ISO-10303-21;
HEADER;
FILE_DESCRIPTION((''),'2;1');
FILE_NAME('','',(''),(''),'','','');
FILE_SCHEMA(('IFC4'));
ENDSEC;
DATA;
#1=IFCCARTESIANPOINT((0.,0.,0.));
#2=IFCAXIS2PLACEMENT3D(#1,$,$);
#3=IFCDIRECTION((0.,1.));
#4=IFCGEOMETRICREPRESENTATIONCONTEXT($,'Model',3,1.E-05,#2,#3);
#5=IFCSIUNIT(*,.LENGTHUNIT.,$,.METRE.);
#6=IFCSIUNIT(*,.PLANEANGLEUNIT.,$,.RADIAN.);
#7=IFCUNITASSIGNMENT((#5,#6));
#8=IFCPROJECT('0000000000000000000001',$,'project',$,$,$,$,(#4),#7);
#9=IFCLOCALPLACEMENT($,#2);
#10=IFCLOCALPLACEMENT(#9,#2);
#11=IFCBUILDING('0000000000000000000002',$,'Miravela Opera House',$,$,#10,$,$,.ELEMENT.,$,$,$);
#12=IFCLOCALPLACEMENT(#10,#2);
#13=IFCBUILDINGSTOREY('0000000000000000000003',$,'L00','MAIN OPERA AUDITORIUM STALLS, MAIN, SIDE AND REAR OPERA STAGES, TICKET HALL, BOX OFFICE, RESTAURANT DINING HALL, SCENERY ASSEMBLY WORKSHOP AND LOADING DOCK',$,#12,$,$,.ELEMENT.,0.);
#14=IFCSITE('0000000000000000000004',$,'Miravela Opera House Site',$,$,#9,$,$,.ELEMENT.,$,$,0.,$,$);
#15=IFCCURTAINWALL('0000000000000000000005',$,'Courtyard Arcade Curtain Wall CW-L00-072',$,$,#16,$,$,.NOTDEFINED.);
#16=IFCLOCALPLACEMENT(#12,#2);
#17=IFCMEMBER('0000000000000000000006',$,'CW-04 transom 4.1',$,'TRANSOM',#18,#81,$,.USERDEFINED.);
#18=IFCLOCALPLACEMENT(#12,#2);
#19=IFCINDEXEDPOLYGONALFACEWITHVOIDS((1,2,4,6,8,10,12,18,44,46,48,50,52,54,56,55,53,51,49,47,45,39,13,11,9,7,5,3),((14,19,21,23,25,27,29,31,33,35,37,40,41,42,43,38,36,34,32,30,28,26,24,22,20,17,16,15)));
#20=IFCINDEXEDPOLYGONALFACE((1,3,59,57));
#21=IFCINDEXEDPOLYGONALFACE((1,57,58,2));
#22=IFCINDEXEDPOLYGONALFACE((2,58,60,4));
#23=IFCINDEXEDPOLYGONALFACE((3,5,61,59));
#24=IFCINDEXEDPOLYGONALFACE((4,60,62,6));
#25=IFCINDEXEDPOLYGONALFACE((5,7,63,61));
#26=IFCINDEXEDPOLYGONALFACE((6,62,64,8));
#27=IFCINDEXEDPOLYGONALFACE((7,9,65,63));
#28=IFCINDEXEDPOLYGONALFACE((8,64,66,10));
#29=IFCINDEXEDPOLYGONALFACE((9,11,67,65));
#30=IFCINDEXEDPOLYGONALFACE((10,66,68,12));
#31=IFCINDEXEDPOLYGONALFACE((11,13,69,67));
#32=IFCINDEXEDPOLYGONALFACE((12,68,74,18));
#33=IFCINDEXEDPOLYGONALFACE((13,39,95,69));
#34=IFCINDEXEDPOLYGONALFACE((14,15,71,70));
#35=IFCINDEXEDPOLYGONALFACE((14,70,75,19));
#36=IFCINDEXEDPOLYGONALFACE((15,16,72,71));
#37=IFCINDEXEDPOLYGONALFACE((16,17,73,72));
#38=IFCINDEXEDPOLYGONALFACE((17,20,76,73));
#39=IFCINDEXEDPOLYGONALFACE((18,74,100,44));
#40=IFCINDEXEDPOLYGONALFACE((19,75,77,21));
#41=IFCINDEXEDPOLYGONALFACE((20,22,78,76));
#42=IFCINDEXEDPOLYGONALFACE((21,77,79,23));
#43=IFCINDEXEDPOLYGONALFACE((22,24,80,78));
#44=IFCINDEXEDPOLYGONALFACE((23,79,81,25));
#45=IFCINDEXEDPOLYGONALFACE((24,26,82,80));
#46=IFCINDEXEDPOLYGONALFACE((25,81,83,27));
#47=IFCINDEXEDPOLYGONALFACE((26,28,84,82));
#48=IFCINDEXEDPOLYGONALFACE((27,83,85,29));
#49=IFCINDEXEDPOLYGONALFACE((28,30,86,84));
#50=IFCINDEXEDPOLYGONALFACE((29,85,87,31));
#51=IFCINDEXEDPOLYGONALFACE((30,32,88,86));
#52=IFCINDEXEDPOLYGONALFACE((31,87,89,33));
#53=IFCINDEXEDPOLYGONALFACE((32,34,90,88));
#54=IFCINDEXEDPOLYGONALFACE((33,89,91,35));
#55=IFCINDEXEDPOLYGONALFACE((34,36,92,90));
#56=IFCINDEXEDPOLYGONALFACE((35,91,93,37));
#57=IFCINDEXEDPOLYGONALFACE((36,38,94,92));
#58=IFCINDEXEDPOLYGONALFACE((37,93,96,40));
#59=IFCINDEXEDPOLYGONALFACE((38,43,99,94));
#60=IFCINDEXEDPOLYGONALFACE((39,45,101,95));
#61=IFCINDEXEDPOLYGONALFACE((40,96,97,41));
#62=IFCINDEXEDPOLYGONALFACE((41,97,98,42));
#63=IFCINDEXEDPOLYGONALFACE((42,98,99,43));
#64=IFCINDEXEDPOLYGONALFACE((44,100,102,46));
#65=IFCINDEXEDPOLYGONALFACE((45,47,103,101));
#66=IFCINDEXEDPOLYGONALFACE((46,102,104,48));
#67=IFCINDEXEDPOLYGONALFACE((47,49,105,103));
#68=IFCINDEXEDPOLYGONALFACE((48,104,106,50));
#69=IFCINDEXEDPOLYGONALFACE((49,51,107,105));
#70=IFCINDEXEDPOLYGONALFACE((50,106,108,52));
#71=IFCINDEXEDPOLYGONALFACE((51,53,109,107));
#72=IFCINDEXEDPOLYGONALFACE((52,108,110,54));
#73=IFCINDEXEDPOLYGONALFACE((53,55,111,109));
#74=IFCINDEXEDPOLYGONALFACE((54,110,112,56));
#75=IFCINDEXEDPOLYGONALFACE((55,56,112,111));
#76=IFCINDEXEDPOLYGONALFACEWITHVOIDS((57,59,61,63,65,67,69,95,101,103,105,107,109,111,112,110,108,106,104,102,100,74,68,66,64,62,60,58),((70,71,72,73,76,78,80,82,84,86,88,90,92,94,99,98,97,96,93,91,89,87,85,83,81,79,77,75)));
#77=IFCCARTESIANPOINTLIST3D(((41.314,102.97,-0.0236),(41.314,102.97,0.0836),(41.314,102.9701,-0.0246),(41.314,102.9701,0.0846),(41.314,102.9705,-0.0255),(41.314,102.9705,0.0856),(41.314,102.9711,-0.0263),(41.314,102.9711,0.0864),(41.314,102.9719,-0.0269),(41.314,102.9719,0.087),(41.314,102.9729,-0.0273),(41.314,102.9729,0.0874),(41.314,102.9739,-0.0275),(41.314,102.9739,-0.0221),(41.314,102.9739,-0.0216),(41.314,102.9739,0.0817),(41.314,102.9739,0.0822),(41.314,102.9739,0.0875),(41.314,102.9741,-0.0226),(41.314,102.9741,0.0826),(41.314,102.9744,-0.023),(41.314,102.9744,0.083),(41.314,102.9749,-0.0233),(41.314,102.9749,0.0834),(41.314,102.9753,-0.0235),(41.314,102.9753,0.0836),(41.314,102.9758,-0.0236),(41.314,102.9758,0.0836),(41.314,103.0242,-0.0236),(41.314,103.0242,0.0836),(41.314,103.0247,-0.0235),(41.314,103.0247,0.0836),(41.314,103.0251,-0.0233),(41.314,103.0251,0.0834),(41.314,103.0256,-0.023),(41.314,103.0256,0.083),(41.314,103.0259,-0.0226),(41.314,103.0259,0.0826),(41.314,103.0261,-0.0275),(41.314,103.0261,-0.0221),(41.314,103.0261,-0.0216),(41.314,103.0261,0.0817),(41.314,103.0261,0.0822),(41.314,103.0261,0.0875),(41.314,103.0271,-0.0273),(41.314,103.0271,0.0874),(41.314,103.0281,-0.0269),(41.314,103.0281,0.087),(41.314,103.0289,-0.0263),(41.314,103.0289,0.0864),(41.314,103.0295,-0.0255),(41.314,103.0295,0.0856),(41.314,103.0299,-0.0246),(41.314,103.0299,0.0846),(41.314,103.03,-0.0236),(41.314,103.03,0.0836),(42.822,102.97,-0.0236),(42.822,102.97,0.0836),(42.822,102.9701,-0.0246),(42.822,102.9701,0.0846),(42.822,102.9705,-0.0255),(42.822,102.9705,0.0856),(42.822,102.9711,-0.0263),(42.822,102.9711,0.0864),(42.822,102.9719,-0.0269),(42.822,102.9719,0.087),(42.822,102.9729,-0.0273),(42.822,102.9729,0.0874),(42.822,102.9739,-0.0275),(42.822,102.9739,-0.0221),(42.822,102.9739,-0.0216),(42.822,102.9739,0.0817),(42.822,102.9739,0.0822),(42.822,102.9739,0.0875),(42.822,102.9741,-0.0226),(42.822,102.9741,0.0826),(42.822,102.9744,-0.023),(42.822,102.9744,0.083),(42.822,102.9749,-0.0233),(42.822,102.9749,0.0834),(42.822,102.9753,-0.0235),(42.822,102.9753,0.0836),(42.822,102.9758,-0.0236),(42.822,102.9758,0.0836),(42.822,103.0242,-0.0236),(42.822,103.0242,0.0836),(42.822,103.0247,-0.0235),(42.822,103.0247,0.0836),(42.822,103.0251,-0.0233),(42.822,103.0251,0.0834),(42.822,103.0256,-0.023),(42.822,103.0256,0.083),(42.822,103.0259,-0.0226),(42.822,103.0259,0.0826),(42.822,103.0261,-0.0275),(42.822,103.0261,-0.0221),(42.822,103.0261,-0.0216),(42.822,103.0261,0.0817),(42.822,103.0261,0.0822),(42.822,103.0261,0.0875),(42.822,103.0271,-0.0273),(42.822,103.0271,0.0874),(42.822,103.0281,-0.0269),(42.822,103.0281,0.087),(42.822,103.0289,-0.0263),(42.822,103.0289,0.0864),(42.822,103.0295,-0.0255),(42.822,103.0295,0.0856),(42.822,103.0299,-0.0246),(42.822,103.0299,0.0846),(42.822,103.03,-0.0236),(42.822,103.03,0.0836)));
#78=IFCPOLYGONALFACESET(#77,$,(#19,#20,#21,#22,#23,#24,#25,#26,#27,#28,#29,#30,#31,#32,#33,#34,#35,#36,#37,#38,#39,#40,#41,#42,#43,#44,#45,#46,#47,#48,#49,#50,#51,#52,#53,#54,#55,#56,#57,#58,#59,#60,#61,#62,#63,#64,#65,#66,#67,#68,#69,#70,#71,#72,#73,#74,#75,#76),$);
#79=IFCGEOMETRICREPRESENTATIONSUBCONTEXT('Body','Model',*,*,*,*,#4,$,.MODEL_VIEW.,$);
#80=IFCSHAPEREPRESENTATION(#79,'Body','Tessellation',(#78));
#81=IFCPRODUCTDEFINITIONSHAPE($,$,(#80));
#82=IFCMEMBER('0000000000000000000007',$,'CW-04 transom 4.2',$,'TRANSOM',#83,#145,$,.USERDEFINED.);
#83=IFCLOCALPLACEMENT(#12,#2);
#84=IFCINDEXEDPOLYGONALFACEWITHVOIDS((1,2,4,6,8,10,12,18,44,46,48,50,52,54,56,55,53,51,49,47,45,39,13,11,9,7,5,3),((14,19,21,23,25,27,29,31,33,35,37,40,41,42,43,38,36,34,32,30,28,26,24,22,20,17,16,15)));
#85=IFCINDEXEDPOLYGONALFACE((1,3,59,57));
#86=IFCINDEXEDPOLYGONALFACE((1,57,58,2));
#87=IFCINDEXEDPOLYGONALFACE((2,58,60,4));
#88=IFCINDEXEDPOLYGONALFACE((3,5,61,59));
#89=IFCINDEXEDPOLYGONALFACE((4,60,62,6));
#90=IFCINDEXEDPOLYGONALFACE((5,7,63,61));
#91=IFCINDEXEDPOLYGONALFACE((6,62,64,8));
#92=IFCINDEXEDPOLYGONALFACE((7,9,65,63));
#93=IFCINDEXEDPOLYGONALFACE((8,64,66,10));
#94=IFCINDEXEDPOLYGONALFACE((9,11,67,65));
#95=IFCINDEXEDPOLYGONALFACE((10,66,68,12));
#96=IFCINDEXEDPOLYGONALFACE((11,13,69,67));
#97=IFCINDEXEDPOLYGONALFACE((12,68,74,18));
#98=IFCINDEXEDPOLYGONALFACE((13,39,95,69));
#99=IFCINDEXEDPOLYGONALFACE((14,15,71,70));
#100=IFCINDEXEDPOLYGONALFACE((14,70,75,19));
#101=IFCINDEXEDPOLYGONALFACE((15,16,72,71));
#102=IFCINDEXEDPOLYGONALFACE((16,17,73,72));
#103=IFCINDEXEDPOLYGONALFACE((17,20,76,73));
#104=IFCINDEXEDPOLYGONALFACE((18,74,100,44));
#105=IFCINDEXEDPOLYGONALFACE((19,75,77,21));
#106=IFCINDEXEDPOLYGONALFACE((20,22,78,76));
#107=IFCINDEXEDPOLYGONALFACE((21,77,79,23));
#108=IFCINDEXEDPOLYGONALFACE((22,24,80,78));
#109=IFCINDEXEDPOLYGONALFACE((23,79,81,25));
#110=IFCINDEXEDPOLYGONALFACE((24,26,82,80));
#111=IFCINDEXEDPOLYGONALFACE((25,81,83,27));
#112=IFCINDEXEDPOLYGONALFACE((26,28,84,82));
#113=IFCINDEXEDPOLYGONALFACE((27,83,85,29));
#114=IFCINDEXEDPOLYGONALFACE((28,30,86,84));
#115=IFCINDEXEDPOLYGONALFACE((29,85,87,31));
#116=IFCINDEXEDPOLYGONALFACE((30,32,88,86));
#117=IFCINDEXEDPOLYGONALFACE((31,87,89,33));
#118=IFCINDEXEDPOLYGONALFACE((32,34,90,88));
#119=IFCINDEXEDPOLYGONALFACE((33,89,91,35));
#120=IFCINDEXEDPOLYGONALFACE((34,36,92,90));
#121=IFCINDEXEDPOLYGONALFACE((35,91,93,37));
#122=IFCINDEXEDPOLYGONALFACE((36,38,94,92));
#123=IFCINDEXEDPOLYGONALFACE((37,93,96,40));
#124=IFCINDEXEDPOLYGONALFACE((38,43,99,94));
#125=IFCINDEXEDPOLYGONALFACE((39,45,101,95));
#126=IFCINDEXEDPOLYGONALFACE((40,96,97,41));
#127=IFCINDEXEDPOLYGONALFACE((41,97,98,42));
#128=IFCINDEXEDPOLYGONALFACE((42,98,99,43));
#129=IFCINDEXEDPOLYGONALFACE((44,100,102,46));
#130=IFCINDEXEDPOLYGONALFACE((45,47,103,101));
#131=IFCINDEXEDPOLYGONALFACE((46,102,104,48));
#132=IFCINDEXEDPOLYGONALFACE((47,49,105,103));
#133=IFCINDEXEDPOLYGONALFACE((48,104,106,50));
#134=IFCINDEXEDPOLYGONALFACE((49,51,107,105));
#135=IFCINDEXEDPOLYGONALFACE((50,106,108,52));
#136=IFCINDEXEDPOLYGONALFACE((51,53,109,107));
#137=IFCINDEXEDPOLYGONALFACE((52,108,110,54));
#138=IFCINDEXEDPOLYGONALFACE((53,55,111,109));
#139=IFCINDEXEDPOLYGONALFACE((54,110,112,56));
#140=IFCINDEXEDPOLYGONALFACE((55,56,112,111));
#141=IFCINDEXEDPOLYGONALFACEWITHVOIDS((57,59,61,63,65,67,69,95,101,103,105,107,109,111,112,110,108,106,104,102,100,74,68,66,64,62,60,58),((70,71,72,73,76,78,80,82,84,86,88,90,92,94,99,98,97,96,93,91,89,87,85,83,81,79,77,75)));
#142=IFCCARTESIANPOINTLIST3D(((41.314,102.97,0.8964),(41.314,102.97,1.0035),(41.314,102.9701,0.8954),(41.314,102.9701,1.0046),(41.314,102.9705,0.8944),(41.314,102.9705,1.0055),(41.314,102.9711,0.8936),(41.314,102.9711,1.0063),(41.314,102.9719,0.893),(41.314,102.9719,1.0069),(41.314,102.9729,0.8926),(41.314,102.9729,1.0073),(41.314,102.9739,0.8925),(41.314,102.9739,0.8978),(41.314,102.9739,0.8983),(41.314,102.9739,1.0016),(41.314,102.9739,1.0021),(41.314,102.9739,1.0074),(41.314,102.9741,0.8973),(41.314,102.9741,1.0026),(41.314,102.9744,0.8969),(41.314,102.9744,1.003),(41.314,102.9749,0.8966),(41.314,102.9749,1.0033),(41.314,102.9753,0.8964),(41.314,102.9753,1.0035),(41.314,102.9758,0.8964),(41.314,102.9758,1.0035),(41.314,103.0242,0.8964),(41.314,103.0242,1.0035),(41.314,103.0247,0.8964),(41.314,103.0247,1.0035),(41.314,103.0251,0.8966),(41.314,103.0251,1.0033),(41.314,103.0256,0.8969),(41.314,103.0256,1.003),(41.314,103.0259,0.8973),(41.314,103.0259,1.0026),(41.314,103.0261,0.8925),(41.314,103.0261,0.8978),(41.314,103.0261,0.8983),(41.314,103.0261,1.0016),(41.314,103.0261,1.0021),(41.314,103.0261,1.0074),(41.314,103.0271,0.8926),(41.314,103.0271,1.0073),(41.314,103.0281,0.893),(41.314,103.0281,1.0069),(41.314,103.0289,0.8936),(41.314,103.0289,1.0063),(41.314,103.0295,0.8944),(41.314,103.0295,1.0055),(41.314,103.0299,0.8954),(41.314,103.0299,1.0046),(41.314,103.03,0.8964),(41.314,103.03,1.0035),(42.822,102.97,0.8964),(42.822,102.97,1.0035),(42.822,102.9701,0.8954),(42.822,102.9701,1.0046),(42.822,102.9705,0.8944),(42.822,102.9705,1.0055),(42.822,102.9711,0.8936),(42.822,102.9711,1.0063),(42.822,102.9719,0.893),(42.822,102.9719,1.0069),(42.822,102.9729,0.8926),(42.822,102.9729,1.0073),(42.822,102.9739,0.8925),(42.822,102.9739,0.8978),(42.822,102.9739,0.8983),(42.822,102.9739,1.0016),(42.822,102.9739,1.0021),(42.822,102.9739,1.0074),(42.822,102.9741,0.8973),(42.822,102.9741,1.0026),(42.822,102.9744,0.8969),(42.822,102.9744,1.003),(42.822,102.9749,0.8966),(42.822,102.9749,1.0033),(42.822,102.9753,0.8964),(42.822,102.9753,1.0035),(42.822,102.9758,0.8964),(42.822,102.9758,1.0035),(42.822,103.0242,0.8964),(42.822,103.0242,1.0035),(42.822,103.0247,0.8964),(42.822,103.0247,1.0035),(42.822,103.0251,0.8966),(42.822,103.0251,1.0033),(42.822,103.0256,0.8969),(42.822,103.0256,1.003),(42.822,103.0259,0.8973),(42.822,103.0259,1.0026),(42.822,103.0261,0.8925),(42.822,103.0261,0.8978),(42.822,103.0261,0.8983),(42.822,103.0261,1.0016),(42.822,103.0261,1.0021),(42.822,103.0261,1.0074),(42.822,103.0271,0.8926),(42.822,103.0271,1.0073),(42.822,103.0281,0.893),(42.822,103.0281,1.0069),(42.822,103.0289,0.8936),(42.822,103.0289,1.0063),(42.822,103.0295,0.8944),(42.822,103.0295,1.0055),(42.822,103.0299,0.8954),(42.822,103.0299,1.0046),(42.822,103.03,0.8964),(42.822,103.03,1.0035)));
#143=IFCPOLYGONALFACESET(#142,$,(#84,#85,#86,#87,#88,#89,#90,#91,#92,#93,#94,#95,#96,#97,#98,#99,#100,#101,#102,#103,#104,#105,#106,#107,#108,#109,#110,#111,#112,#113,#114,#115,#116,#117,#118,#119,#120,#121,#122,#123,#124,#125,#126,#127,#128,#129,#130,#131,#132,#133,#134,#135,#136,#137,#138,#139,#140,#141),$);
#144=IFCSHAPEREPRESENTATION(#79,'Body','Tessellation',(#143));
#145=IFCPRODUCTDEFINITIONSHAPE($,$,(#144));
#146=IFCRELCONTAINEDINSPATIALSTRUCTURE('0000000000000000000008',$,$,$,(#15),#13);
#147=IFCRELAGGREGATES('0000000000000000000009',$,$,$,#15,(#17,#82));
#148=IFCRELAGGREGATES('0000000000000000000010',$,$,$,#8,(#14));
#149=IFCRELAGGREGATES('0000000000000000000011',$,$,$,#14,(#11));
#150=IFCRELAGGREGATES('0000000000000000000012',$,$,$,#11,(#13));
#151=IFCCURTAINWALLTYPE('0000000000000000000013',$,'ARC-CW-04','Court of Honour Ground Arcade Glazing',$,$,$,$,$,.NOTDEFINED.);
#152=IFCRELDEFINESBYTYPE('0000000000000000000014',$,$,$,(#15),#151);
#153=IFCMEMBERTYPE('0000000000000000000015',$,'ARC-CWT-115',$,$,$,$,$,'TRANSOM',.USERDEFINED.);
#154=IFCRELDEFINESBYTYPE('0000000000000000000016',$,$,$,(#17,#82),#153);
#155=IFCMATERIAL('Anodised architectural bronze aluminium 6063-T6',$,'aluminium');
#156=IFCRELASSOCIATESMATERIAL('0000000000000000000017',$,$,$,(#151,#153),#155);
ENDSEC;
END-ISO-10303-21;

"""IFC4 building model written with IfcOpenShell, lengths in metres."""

from ifc_helpers import new_model, si_unit, direction, frame, origin, origin_2d, place, context, subcontext, project, spatial, hollow_rectangle, extrude, material, material_profile, profile_set, type_object, element, aggregate, save


model = new_model("IFC4")

# Units and contexts
model_context = context("Model", 3, precision=1e-05, world=origin(), true_north=direction((0.0, 1.0)))
body_context = subcontext(model_context, "Body", "Model", "MODEL_VIEW")
ifc_project = project(units=[si_unit("LENGTHUNIT", "METRE"), si_unit("PLANEANGLEUNIT", "RADIAN")], contexts=[model_context])

# Site, building, storey
site_placement = place(None, origin())
site = spatial("IfcSite", under=ifc_project, at=site_placement, Name="Miravela Opera House Site", CompositionType="ELEMENT", RefElevation=0.0)
building_placement = place(site_placement, origin())
building = spatial("IfcBuilding", under=site, at=building_placement, Name="Miravela Opera House", CompositionType="ELEMENT")
storey_placement = place(building_placement, origin())
storey = spatial("IfcBuildingStorey", under=building, at=storey_placement, Name="L00", Description="MAIN OPERA AUDITORIUM STALLS, MAIN, SIDE AND REAR OPERA STAGES, TICKET HALL, BOX OFFICE, RESTAURANT DINING HALL, SCENERY ASSEMBLY WORKSHOP AND LOADING DOCK", CompositionType="ELEMENT", Elevation=0.0)

# Curtain wall, members
ifc_material_1 = material(Name="Anodised architectural bronze aluminium 6063-T6", Category="aluminium")
curtain_wall_type = type_object("IfcCurtainWallType", Name="ARC-CW-04", Description="Court of Honour Ground Arcade Glazing", PredefinedType="NOTDEFINED", material=ifc_material_1)
curtain_wall_placement = place(storey_placement, origin())
curtain_wall = element("IfcCurtainWall", 1, at=curtain_wall_placement, inside=storey, type_object=curtain_wall_type, Name="Courtyard Arcade Curtain Wall CW-L00-072", PredefinedType="NOTDEFINED")
ifc_material_profile_1 = material_profile(ifc_material_1, hollow_rectangle(XDim=0.0601, YDim=0.115, WallThickness=0.0039, InnerFilletRadius=0.002, OuterFilletRadius=0.0039, at=origin_2d()), Name="CWT-60X115")
ifc_profile_set_1 = profile_set([ifc_material_profile_1])
member_type_1 = type_object("IfcMemberType", Name="ARC-CWT-115", ElementType="TRANSOM", PredefinedType="USERDEFINED", material=ifc_profile_set_1)
member_1_placement = place(storey_placement, frame((41.314, 103.0, 0.03), z_axis=(1.0, 0.0, 0.0), x_axis=(0.0, 1.0, 0.0)))
member_1 = element("IfcMember", 2, at=member_1_placement, type_object=member_type_1, Name="CW-04 transom 4.1", ObjectType="TRANSOM", PredefinedType="USERDEFINED", context=body_context, shape_type="SweptSolid", body=[
    extrude(hollow_rectangle(XDim=0.0601, YDim=0.115, WallThickness=0.0039, InnerFilletRadius=0.002, OuterFilletRadius=0.0039, at=origin_2d()), origin(), (0.0, 0.0, 1.0), 1.5081),
])
member_2_placement = place(storey_placement, frame((41.314, 103.0, 0.95), z_axis=(1.0, 0.0, 0.0), x_axis=(0.0, 1.0, 0.0)))
member_2 = element("IfcMember", 3, at=member_2_placement, type_object=member_type_1, Name="CW-04 transom 4.2", ObjectType="TRANSOM", PredefinedType="USERDEFINED", context=body_context, shape_type="SweptSolid", body=[
    extrude(hollow_rectangle(XDim=0.0601, YDim=0.115, WallThickness=0.0039, InnerFilletRadius=0.002, OuterFilletRadius=0.0039, at=origin_2d()), origin(), (0.0, 0.0, 1.0), 1.5081),
])
aggregate(curtain_wall, [member_1, member_2])

save(model, "model.ifc")
